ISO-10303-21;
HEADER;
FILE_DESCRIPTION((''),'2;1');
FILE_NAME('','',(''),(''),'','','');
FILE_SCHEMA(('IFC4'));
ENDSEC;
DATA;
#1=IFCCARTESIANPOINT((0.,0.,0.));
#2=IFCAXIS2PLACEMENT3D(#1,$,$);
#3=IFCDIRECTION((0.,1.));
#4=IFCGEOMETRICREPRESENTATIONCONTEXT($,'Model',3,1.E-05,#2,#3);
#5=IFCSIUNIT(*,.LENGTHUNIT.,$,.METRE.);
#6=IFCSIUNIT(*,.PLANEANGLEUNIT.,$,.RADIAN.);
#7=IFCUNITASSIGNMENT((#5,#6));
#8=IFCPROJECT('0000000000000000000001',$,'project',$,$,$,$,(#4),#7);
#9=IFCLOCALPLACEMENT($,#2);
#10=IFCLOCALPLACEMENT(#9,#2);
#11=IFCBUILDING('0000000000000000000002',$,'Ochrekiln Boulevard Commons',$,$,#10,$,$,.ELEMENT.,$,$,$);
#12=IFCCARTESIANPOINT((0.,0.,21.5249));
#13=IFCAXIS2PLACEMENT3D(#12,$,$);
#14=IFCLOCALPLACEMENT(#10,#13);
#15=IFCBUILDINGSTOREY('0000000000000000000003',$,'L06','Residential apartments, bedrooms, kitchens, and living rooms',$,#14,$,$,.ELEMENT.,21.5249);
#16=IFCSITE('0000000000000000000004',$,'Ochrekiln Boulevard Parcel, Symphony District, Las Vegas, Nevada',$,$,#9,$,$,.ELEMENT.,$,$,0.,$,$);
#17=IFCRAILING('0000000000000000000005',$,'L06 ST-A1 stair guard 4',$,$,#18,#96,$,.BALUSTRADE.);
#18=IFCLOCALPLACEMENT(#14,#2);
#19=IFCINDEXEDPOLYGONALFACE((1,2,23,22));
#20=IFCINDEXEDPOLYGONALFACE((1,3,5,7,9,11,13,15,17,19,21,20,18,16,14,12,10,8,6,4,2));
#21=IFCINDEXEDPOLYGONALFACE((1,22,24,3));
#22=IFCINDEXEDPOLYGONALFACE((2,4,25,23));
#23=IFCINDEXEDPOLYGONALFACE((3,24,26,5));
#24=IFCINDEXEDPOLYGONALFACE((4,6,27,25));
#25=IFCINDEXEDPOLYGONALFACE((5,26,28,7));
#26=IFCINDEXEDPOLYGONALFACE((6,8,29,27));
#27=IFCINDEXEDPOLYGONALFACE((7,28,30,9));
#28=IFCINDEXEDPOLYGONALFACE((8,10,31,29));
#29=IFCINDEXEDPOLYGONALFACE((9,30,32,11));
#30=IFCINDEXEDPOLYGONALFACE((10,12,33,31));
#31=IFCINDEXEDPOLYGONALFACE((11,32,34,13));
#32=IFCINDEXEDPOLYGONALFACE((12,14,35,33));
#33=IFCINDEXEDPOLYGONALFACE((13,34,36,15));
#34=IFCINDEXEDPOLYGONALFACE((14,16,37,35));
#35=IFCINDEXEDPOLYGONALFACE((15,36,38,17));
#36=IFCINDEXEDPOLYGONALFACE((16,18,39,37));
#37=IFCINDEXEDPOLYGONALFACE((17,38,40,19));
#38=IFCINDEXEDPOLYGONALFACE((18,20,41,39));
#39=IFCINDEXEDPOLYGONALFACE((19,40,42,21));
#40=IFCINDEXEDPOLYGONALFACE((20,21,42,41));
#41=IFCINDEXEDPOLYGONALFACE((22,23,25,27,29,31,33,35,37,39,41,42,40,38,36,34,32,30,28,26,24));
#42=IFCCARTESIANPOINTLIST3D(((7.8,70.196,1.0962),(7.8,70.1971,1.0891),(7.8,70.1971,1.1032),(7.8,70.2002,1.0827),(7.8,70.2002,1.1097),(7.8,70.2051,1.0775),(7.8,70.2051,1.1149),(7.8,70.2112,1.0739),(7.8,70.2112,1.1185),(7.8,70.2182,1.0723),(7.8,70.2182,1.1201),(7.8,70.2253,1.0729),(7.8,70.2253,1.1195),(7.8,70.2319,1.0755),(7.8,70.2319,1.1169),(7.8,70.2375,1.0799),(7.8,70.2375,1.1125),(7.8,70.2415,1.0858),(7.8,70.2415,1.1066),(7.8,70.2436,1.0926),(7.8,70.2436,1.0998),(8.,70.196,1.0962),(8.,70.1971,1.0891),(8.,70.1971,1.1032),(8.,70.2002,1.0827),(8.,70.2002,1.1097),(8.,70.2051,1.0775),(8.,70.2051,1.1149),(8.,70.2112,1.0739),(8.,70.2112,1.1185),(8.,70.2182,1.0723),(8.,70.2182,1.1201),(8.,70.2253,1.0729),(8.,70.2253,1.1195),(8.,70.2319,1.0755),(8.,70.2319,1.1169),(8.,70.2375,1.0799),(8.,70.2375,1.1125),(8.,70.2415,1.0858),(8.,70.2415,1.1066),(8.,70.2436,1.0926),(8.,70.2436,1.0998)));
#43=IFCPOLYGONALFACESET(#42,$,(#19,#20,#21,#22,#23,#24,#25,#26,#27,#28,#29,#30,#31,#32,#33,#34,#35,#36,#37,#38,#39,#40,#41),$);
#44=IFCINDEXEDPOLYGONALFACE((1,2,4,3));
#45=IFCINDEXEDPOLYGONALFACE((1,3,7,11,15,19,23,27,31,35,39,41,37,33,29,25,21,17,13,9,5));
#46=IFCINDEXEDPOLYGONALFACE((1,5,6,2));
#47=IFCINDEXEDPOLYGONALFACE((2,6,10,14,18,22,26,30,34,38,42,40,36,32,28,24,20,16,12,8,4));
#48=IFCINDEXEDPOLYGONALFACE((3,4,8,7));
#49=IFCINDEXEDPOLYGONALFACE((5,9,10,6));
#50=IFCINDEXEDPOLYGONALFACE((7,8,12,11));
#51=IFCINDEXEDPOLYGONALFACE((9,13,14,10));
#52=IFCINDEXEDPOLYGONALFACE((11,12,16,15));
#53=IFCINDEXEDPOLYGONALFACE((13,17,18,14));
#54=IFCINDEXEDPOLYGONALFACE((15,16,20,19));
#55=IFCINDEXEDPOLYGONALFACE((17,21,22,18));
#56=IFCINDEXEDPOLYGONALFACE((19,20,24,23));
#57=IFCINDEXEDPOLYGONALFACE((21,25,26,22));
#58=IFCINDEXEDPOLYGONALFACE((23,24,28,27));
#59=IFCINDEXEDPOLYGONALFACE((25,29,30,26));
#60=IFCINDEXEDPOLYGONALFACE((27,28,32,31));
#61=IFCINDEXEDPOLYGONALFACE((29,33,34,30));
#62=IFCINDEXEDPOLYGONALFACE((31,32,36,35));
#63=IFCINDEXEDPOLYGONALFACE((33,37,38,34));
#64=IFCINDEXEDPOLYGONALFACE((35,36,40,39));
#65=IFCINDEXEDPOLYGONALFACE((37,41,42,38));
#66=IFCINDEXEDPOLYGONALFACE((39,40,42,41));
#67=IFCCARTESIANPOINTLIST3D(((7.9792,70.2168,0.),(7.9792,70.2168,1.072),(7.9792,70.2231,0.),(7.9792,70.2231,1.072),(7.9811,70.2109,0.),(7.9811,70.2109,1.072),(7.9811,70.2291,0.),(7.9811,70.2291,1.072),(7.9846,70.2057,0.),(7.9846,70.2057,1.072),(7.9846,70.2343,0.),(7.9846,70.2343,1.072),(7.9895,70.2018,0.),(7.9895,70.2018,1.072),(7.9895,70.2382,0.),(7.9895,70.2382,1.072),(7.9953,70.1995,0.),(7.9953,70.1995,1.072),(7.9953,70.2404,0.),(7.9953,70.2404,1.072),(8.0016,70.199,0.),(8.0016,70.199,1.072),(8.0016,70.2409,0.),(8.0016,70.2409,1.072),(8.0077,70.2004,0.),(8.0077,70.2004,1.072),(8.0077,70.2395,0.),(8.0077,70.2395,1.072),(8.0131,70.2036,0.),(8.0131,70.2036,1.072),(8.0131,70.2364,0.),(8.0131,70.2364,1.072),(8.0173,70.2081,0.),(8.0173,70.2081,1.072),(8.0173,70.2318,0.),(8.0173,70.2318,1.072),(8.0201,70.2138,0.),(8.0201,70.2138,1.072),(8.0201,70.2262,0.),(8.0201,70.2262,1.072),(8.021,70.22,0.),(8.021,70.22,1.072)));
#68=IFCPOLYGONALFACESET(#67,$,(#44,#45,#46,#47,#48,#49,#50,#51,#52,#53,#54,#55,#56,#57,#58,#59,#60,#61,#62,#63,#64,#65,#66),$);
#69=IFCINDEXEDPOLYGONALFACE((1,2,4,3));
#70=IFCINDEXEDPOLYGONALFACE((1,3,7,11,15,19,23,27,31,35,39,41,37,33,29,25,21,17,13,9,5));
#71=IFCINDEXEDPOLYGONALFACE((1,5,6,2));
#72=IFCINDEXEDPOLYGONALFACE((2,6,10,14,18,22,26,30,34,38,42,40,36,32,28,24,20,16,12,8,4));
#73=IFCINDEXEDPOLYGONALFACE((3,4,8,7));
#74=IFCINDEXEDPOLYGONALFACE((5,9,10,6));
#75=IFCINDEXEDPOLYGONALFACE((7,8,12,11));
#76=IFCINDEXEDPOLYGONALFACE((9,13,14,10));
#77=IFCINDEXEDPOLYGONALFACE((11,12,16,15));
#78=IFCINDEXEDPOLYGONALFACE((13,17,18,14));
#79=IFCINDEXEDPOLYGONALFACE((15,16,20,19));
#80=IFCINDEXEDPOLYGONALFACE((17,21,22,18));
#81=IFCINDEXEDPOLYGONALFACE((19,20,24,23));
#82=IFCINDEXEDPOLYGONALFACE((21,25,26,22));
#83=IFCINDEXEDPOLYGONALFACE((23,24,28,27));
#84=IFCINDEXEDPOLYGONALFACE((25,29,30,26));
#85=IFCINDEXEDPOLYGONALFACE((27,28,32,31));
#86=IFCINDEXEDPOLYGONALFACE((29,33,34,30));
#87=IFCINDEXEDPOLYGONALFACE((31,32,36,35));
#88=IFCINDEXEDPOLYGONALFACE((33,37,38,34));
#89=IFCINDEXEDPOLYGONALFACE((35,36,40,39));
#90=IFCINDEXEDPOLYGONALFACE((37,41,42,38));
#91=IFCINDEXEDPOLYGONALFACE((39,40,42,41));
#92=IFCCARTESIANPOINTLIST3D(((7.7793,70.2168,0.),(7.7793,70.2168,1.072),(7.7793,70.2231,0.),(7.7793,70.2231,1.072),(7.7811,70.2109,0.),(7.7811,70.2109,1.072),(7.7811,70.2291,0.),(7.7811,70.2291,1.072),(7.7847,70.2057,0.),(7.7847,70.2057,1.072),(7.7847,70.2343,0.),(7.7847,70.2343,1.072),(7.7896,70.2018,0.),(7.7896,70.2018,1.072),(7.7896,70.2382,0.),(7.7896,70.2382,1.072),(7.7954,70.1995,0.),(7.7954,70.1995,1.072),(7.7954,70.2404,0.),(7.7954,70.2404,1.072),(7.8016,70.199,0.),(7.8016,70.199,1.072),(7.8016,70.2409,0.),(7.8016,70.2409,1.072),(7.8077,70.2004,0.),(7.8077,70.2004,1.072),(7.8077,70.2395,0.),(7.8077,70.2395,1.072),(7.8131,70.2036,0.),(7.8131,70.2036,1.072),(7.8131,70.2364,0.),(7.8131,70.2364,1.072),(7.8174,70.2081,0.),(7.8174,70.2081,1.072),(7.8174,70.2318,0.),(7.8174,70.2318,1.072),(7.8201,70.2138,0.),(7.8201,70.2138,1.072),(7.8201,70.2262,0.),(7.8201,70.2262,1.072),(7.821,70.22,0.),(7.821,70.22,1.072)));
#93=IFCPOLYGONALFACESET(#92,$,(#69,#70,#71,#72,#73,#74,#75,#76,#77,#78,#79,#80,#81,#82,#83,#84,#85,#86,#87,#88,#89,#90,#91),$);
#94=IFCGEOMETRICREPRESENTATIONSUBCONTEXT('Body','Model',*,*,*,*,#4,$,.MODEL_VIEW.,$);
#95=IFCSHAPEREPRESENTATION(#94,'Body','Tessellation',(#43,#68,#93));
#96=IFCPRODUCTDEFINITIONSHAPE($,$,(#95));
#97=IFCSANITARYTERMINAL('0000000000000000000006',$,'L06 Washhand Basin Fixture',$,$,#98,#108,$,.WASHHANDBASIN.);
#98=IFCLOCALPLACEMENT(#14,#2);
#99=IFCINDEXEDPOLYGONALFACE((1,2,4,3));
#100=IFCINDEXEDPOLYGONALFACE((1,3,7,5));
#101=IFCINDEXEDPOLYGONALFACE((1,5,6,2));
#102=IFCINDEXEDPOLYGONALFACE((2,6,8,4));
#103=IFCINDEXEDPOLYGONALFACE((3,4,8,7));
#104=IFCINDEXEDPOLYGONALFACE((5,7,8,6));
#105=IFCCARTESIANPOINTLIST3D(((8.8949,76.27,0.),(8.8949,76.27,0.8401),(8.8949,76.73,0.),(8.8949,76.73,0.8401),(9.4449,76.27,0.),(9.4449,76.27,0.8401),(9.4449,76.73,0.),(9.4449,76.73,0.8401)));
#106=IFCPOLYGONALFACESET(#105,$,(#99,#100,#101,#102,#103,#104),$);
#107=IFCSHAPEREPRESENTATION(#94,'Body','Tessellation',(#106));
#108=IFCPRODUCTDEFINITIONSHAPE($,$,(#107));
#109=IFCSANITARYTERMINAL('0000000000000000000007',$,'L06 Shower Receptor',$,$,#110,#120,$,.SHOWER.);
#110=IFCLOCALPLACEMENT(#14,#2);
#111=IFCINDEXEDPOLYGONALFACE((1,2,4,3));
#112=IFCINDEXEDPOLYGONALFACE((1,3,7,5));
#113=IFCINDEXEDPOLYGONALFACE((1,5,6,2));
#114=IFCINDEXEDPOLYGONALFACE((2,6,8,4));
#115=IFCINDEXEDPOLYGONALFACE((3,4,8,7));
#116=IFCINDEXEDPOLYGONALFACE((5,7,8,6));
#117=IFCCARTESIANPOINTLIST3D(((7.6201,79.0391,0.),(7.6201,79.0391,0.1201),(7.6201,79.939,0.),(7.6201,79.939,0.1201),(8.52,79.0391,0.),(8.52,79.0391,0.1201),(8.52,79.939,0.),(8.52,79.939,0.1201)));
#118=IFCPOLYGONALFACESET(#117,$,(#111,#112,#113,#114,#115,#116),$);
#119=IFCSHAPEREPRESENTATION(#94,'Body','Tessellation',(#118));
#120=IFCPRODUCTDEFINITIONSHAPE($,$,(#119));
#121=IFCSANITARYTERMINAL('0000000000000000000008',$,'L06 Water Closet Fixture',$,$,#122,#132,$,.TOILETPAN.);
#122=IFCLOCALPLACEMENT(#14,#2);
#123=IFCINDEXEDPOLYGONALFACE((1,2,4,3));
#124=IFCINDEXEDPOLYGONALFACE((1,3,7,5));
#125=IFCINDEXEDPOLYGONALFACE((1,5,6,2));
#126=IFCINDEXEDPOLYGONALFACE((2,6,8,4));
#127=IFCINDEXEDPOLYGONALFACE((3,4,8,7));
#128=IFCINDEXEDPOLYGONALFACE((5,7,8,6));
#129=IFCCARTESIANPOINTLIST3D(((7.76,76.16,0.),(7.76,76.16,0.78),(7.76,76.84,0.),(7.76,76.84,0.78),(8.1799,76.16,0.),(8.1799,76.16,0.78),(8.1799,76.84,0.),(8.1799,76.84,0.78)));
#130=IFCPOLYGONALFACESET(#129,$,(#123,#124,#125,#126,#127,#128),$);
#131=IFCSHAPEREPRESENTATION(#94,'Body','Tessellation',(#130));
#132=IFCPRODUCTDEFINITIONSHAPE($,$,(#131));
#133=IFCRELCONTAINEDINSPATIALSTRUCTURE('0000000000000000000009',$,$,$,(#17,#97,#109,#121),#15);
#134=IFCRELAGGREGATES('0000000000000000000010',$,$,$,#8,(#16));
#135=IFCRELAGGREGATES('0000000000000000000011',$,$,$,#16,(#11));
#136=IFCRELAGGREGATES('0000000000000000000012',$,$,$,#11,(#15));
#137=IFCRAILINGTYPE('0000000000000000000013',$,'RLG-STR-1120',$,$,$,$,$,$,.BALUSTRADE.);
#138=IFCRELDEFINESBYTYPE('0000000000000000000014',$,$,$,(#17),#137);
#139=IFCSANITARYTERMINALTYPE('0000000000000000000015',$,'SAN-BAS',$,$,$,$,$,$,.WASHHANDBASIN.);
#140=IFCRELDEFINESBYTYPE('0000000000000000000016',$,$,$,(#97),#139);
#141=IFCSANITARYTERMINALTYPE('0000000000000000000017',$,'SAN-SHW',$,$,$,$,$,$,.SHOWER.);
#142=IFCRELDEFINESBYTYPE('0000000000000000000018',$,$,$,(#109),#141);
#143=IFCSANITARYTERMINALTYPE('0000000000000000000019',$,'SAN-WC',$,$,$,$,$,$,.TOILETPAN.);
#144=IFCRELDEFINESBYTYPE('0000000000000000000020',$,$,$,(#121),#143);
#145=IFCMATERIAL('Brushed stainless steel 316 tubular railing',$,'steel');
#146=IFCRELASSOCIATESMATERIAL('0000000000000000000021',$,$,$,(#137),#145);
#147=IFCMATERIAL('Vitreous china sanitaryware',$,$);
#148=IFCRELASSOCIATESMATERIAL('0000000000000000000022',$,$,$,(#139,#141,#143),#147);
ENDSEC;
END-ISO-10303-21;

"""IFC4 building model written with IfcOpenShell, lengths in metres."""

from ifc_helpers import new_model, si_unit, direction, frame, origin, origin_2d, place, context, subcontext, project, spatial, rectangle, circle, extrude, material, type_object, element, save


model = new_model("IFC4")

# Units and contexts
model_context = context("Model", 3, precision=1e-05, world=origin(), true_north=direction((0.0, 1.0)))
body_context = subcontext(model_context, "Body", "Model", "MODEL_VIEW")
ifc_project = project(units=[si_unit("LENGTHUNIT", "METRE"), si_unit("PLANEANGLEUNIT", "RADIAN")], contexts=[model_context])

# Site, building, storey
site_placement = place(None, origin())
site = spatial("IfcSite", under=ifc_project, at=site_placement, Name="Ochrekiln Boulevard Parcel, Symphony District, Las Vegas, Nevada", CompositionType="ELEMENT", RefElevation=0.0)
building_placement = place(site_placement, origin())
building = spatial("IfcBuilding", under=site, at=building_placement, Name="Ochrekiln Boulevard Commons", CompositionType="ELEMENT")
storey_placement = place(building_placement, frame((0.0, 0.0, 21.5249)))
storey = spatial("IfcBuildingStorey", under=building, at=storey_placement, Name="L06", Description="Residential apartments, bedrooms, kitchens, and living rooms", CompositionType="ELEMENT", Elevation=21.5249)

# Railing
ifc_material_1 = material(Name="Brushed stainless steel 316 tubular railing", Category="steel")
railing_type_1 = type_object("IfcRailingType", Name="RLG-STR-1120", PredefinedType="BALUSTRADE", material=ifc_material_1)
railing_1_placement = place(storey_placement, frame((8.0, 70.22, 0.0)))
element("IfcRailing", 1, at=railing_1_placement, inside=storey, type_object=railing_type_1, Name="L06 ST-A1 stair guard 4", PredefinedType="BALUSTRADE", context=body_context, shape_type="SweptSolid", body=[
    extrude(circle(Radius=0.0239, at=origin_2d()), frame((0.0, 0.0, 1.0962), z_axis=(-1.0, 0.0, 0.0), x_axis=(0.0, -1.0, 0.0)), (0.0, 0.0, 1.0), 0.2),
    extrude(circle(Radius=0.021, at=origin_2d()), origin(), (0.0, 0.0, 1.0), 1.072),
    extrude(circle(Radius=0.021, at=origin_2d()), frame((-0.2, 0.0, 0.0)), (0.0, 0.0, 1.0), 1.072),
])

# Sanitary terminals
ifc_material_2 = material(Name="Vitreous china sanitaryware")
sanitary_terminal_type_1 = type_object("IfcSanitaryTerminalType", Name="SAN-BAS", PredefinedType="WASHHANDBASIN", material=ifc_material_2)
sanitary_terminal_1_placement = place(storey_placement, frame((9.1699, 76.5, 0.0), z_axis=(0.0, 0.0, 1.0), x_axis=(1.0, 0.0, 0.0)))
element("IfcSanitaryTerminal", 2, at=sanitary_terminal_1_placement, inside=storey, type_object=sanitary_terminal_type_1, Name="L06 Washhand Basin Fixture", PredefinedType="WASHHANDBASIN", context=body_context, shape_type="SweptSolid", body=[
    extrude(rectangle(XDim=0.55, YDim=0.46, at=origin_2d()), origin(), (0.0, 0.0, 1.0), 0.8401),
])
sanitary_terminal_type_2 = type_object("IfcSanitaryTerminalType", Name="SAN-SHW", PredefinedType="SHOWER", material=ifc_material_2)
sanitary_terminal_2_placement = place(storey_placement, frame((8.0701, 79.489, 0.0), z_axis=(0.0, 0.0, 1.0), x_axis=(1.0, 0.0, 0.0)))
element("IfcSanitaryTerminal", 3, at=sanitary_terminal_2_placement, inside=storey, type_object=sanitary_terminal_type_2, Name="L06 Shower Receptor", PredefinedType="SHOWER", context=body_context, shape_type="SweptSolid", body=[
    extrude(rectangle(XDim=0.8999, YDim=0.8999, at=origin_2d()), origin(), (0.0, 0.0, 1.0), 0.1201),
])
sanitary_terminal_type_3 = type_object("IfcSanitaryTerminalType", Name="SAN-WC", PredefinedType="TOILETPAN", material=ifc_material_2)
sanitary_terminal_3_placement = place(storey_placement, frame((7.97, 76.5, 0.0), z_axis=(0.0, 0.0, 1.0), x_axis=(1.0, 0.0, 0.0)))
element("IfcSanitaryTerminal", 4, at=sanitary_terminal_3_placement, inside=storey, type_object=sanitary_terminal_type_3, Name="L06 Water Closet Fixture", PredefinedType="TOILETPAN", context=body_context, shape_type="SweptSolid", body=[
    extrude(rectangle(XDim=0.4199, YDim=0.6799, at=origin_2d()), origin(), (0.0, 0.0, 1.0), 0.78),
])

save(model, "model.ifc")
